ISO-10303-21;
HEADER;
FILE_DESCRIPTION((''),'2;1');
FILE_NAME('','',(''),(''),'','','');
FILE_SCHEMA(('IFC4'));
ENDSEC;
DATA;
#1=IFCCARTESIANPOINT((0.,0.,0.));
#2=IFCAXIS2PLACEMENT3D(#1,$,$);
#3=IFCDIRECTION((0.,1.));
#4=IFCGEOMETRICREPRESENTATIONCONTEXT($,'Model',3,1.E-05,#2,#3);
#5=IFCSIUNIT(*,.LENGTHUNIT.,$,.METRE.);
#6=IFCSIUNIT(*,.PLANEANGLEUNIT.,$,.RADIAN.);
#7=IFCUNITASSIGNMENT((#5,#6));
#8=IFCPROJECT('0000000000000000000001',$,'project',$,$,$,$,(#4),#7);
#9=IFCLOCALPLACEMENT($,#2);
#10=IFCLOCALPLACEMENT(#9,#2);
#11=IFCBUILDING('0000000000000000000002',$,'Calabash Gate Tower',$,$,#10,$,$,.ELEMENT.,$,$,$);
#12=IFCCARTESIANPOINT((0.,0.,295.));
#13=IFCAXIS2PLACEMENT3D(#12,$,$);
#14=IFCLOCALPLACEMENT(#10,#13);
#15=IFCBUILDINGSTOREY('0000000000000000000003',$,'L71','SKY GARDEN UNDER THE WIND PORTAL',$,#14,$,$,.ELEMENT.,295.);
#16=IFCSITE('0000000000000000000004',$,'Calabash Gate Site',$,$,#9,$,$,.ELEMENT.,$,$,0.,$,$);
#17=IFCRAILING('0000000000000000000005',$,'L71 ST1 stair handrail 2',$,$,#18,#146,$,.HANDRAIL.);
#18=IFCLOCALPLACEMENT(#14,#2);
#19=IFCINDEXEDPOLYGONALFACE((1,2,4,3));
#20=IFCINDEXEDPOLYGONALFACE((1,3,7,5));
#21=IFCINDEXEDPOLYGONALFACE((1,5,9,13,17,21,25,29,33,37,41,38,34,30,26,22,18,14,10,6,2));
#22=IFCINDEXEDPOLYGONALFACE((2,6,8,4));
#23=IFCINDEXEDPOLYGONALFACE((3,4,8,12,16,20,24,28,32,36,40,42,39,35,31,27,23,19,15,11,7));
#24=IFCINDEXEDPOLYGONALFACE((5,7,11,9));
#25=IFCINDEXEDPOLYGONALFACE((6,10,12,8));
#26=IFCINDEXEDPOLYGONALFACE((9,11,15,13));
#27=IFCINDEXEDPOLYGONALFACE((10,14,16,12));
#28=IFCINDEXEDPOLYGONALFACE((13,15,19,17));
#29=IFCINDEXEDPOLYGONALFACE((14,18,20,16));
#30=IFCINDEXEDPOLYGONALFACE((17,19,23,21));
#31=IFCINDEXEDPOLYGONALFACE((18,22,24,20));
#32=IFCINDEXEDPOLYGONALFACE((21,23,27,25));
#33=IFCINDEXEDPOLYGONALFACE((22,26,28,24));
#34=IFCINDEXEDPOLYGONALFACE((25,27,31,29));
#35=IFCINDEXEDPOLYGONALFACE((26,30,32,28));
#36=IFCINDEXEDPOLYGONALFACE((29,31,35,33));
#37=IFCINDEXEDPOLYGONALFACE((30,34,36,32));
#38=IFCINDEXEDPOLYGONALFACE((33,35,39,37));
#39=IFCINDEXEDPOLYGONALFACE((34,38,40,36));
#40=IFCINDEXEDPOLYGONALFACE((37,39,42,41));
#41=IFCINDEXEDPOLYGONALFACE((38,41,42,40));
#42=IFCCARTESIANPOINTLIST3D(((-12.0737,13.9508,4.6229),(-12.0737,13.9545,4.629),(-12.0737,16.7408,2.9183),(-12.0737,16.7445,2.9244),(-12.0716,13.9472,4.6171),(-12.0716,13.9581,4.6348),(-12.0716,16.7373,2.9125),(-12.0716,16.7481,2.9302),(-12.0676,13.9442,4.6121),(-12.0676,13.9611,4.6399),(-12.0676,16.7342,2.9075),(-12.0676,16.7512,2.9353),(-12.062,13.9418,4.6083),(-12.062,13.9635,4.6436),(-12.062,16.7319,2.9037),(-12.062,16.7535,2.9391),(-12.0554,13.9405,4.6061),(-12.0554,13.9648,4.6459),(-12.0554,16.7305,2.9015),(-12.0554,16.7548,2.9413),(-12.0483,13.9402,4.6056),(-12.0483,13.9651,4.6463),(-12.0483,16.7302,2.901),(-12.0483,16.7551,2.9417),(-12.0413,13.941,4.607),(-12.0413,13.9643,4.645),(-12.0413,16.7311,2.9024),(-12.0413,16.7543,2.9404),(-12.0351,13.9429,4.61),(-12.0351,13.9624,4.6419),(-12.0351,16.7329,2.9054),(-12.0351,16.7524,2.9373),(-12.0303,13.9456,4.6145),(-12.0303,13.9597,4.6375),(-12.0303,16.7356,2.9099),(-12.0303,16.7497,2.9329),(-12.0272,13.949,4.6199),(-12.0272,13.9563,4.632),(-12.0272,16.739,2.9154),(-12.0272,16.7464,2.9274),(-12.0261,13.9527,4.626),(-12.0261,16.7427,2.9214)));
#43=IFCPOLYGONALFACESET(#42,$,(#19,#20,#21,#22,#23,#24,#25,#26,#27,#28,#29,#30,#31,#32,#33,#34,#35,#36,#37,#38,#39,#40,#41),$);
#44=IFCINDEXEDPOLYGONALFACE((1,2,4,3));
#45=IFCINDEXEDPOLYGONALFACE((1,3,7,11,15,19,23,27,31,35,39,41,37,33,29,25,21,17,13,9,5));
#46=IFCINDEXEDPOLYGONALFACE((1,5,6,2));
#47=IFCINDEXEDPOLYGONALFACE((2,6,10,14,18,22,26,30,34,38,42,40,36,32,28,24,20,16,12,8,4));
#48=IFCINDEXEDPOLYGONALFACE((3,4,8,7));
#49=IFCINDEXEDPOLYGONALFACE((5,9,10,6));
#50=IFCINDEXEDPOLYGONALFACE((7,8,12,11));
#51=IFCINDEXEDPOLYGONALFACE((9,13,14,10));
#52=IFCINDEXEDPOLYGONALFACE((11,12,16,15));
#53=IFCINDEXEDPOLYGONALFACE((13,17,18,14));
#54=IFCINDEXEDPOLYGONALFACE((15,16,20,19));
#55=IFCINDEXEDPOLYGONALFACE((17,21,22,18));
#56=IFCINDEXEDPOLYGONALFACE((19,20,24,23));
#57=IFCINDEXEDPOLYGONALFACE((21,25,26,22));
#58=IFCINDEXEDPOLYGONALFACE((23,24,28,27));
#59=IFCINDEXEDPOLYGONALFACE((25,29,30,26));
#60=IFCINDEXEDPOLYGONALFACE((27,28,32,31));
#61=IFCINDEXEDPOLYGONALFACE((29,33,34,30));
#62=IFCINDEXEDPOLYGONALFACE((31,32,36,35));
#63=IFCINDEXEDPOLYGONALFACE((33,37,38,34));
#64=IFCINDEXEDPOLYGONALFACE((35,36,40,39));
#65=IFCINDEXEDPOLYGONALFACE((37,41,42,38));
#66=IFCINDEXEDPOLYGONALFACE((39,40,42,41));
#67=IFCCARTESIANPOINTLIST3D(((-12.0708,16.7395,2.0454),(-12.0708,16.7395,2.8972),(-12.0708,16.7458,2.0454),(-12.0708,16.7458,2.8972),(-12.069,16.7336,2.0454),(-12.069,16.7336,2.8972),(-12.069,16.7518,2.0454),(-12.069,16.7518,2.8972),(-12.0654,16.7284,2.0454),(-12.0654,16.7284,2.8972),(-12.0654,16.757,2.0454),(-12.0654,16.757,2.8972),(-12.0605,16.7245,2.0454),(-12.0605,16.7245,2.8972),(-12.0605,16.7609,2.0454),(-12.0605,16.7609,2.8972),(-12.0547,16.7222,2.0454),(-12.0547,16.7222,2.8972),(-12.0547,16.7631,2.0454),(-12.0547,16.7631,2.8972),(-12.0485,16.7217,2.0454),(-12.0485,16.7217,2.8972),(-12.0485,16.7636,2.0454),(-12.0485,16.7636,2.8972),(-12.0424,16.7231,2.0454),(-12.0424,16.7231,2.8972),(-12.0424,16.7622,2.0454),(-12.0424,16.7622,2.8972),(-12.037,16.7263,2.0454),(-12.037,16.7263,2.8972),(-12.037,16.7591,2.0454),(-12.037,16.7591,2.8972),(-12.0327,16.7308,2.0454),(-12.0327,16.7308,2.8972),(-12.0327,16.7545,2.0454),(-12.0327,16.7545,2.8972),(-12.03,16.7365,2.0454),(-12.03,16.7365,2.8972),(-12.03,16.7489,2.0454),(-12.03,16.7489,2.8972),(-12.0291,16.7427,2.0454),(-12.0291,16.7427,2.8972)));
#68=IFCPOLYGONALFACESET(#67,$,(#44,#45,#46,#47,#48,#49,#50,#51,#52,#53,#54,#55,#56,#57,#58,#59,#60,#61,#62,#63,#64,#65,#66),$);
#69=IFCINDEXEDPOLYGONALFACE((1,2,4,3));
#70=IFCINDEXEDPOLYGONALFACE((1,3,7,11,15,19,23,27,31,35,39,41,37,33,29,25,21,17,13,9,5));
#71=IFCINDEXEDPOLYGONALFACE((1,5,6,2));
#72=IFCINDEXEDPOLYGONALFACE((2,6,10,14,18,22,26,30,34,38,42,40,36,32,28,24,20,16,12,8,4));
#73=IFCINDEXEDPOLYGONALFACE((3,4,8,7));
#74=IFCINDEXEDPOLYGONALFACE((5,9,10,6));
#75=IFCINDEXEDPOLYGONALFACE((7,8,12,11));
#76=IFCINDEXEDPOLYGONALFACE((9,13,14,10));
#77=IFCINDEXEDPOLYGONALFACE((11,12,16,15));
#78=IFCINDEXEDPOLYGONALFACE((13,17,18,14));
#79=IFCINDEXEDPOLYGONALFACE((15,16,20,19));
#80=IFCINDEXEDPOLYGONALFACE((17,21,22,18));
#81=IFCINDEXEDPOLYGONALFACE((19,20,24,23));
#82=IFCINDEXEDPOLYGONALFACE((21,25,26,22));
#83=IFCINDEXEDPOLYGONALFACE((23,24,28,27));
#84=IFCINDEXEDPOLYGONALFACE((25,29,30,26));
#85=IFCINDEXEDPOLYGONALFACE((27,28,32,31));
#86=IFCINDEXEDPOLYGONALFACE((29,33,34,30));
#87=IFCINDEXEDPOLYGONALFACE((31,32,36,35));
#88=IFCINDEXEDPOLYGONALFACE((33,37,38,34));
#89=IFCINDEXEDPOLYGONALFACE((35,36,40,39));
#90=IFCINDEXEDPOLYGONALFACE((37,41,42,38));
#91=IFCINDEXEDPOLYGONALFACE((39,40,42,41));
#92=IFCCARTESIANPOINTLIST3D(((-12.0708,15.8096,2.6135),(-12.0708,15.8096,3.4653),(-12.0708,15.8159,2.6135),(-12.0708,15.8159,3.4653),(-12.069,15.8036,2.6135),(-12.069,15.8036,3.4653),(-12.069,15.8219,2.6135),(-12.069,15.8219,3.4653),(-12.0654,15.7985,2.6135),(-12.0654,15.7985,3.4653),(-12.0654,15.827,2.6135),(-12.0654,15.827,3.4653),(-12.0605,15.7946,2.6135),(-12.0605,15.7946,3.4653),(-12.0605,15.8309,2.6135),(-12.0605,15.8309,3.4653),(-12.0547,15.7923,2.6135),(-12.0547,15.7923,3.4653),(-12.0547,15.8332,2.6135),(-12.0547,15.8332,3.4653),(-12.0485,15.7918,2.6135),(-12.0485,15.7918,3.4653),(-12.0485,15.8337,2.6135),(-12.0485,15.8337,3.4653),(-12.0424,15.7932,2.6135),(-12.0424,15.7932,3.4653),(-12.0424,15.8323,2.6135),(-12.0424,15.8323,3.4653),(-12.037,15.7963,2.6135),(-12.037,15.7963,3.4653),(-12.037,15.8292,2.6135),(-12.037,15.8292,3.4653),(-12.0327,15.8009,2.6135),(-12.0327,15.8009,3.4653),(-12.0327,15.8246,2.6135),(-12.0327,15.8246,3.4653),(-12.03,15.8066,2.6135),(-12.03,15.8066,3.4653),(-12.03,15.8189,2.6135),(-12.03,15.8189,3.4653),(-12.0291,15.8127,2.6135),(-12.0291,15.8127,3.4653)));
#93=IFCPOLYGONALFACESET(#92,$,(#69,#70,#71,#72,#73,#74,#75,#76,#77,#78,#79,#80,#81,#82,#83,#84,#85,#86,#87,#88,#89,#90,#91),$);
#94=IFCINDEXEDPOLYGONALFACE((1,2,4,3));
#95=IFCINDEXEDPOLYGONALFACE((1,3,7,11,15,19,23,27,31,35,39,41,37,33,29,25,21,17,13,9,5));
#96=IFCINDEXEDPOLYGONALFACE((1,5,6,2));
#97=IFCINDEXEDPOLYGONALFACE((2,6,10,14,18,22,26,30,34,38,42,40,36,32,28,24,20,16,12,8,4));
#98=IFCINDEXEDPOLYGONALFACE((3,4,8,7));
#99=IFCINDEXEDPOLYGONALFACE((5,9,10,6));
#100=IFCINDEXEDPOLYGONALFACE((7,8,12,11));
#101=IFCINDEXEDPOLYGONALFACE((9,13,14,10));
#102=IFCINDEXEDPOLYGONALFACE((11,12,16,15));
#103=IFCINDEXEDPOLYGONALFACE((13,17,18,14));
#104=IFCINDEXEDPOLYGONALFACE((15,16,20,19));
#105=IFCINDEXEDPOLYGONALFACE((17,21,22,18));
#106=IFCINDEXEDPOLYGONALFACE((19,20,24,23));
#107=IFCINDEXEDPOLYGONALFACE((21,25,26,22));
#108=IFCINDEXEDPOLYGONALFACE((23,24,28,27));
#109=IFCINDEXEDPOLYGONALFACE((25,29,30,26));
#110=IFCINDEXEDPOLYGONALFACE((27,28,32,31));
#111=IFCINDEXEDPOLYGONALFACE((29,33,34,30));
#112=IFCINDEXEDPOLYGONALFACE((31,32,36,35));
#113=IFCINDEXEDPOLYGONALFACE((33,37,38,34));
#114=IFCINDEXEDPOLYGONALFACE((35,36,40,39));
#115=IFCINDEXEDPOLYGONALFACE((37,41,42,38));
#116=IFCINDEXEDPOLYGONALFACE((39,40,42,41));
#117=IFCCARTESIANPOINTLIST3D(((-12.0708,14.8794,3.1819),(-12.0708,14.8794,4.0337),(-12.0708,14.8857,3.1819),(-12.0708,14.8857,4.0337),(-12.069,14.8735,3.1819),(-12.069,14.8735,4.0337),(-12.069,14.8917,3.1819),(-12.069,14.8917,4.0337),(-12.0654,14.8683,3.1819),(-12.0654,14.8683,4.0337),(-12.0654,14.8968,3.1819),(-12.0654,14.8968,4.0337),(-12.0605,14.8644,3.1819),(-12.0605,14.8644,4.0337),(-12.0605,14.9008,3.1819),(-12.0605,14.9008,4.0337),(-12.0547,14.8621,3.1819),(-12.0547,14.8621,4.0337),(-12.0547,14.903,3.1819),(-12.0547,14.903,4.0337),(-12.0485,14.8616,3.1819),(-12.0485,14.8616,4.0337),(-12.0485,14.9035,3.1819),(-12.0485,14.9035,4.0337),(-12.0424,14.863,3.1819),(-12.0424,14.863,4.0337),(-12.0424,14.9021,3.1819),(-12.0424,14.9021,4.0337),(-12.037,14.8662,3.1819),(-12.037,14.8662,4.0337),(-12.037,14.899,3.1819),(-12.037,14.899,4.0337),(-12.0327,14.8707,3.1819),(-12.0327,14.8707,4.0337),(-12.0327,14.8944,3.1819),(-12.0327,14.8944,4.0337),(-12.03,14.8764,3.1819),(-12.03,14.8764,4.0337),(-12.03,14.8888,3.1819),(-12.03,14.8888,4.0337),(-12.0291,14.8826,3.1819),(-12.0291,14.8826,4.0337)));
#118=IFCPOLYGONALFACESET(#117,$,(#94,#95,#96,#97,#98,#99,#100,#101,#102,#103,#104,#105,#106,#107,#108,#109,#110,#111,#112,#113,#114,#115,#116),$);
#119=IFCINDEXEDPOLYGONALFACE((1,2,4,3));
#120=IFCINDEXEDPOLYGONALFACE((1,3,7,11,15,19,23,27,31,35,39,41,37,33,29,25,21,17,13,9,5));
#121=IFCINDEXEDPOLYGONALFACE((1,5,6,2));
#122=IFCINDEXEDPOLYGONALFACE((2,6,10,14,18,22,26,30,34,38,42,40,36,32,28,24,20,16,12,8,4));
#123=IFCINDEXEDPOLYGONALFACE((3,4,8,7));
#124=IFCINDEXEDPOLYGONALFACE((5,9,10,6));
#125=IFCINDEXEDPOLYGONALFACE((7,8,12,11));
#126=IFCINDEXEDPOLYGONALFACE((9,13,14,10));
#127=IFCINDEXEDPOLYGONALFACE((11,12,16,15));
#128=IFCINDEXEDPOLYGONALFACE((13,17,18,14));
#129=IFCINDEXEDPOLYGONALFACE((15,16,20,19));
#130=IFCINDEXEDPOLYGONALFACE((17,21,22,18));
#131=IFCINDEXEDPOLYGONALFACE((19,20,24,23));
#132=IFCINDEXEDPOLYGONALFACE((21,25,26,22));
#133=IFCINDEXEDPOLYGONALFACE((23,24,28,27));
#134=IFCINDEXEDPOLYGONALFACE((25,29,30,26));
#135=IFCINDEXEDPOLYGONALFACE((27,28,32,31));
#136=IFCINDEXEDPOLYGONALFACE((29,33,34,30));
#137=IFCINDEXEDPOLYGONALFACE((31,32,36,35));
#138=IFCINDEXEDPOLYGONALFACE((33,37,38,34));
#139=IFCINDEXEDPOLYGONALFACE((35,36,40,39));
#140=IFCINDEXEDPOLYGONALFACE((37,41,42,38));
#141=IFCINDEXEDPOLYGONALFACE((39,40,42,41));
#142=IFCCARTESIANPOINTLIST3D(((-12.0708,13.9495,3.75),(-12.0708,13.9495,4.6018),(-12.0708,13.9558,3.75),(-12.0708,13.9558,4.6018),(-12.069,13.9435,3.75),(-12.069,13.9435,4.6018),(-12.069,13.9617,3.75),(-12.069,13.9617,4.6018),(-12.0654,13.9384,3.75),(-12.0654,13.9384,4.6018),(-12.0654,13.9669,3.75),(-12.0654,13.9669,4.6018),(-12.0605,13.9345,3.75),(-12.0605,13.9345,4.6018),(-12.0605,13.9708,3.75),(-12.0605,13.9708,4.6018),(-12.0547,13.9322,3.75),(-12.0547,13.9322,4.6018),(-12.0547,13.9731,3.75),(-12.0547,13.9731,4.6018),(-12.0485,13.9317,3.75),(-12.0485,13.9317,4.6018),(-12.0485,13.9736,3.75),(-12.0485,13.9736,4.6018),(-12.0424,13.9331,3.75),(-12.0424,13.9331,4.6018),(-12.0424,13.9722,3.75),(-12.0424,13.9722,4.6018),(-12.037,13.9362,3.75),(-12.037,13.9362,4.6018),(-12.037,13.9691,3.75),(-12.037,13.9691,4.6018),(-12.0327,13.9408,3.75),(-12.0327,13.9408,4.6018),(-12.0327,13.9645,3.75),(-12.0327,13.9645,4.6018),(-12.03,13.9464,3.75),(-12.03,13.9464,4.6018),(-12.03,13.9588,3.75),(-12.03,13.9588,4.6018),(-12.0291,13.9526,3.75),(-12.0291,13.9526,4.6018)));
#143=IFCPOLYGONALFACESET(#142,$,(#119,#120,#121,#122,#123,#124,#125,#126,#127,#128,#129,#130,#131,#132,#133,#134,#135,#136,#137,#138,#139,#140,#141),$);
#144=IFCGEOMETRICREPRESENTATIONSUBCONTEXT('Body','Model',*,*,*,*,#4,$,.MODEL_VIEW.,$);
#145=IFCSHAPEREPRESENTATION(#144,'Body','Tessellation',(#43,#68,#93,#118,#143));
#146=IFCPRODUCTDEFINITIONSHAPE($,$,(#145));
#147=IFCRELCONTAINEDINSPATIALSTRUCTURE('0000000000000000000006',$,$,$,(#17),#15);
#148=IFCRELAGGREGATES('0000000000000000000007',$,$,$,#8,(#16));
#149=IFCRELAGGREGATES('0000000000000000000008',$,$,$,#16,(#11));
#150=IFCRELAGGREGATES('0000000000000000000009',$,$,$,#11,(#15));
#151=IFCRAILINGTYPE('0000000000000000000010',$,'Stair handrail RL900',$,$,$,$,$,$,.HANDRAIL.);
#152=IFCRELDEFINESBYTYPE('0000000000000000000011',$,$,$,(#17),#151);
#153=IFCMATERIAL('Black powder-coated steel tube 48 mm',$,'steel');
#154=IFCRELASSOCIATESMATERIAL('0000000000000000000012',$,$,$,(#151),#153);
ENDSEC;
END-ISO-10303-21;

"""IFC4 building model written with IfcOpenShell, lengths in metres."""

from ifc_helpers import new_model, si_unit, direction, frame, origin, origin_2d, place, context, subcontext, project, spatial, circle, extrude, material, type_object, element, save


model = new_model("IFC4")

# Units and contexts
model_context = context("Model", 3, precision=1e-05, world=origin(), true_north=direction((0.0, 1.0)))
body_context = subcontext(model_context, "Body", "Model", "MODEL_VIEW")
ifc_project = project(units=[si_unit("LENGTHUNIT", "METRE"), si_unit("PLANEANGLEUNIT", "RADIAN")], contexts=[model_context])

# Site, building, storey
site_placement = place(None, origin())
site = spatial("IfcSite", under=ifc_project, at=site_placement, Name="Calabash Gate Site", CompositionType="ELEMENT", RefElevation=0.0)
building_placement = place(site_placement, origin())
building = spatial("IfcBuilding", under=site, at=building_placement, Name="Calabash Gate Tower", CompositionType="ELEMENT")
storey_placement = place(building_placement, frame((0.0, 0.0, 295.0)))
storey = spatial("IfcBuildingStorey", under=building, at=storey_placement, Name="L71", Description="SKY GARDEN UNDER THE WIND PORTAL", CompositionType="ELEMENT", Elevation=295.0)

# Railing
ifc_material_1 = material(Name="Black powder-coated steel tube 48 mm", Category="steel")
railing_type_1 = type_object("IfcRailingType", Name="Stair handrail RL900", PredefinedType="HANDRAIL", material=ifc_material_1)
railing_1_placement = place(storey_placement, frame((-12.05, 16.7427, 2.0454)))
element("IfcRailing", 1, at=railing_1_placement, inside=storey, type_object=railing_type_1, Name="L71 ST1 stair handrail 2", PredefinedType="HANDRAIL", context=body_context, shape_type="SweptSolid", body=[
    extrude(circle(Radius=0.0239, at=origin_2d()), frame((0.0, 0.0, 0.876), z_axis=(0.0, -0.853341, 0.521353), x_axis=(1.0, 0.0, 0.0)), (0.0, 0.0, 1.0), 3.2695),
    extrude(circle(Radius=0.021, at=origin_2d()), origin(), (0.0, 0.0, 1.0), 0.8518),
    extrude(circle(Radius=0.021, at=origin_2d()), frame((0.0, -0.9299, 0.5681)), (0.0, 0.0, 1.0), 0.8518),
    extrude(circle(Radius=0.021, at=origin_2d()), frame((0.0, -1.8601, 1.1365)), (0.0, 0.0, 1.0), 0.8518),
    extrude(circle(Radius=0.021, at=origin_2d()), frame((0.0, -2.79, 1.7046)), (0.0, 0.0, 1.0), 0.8518),
])

save(model, "model.ifc")
